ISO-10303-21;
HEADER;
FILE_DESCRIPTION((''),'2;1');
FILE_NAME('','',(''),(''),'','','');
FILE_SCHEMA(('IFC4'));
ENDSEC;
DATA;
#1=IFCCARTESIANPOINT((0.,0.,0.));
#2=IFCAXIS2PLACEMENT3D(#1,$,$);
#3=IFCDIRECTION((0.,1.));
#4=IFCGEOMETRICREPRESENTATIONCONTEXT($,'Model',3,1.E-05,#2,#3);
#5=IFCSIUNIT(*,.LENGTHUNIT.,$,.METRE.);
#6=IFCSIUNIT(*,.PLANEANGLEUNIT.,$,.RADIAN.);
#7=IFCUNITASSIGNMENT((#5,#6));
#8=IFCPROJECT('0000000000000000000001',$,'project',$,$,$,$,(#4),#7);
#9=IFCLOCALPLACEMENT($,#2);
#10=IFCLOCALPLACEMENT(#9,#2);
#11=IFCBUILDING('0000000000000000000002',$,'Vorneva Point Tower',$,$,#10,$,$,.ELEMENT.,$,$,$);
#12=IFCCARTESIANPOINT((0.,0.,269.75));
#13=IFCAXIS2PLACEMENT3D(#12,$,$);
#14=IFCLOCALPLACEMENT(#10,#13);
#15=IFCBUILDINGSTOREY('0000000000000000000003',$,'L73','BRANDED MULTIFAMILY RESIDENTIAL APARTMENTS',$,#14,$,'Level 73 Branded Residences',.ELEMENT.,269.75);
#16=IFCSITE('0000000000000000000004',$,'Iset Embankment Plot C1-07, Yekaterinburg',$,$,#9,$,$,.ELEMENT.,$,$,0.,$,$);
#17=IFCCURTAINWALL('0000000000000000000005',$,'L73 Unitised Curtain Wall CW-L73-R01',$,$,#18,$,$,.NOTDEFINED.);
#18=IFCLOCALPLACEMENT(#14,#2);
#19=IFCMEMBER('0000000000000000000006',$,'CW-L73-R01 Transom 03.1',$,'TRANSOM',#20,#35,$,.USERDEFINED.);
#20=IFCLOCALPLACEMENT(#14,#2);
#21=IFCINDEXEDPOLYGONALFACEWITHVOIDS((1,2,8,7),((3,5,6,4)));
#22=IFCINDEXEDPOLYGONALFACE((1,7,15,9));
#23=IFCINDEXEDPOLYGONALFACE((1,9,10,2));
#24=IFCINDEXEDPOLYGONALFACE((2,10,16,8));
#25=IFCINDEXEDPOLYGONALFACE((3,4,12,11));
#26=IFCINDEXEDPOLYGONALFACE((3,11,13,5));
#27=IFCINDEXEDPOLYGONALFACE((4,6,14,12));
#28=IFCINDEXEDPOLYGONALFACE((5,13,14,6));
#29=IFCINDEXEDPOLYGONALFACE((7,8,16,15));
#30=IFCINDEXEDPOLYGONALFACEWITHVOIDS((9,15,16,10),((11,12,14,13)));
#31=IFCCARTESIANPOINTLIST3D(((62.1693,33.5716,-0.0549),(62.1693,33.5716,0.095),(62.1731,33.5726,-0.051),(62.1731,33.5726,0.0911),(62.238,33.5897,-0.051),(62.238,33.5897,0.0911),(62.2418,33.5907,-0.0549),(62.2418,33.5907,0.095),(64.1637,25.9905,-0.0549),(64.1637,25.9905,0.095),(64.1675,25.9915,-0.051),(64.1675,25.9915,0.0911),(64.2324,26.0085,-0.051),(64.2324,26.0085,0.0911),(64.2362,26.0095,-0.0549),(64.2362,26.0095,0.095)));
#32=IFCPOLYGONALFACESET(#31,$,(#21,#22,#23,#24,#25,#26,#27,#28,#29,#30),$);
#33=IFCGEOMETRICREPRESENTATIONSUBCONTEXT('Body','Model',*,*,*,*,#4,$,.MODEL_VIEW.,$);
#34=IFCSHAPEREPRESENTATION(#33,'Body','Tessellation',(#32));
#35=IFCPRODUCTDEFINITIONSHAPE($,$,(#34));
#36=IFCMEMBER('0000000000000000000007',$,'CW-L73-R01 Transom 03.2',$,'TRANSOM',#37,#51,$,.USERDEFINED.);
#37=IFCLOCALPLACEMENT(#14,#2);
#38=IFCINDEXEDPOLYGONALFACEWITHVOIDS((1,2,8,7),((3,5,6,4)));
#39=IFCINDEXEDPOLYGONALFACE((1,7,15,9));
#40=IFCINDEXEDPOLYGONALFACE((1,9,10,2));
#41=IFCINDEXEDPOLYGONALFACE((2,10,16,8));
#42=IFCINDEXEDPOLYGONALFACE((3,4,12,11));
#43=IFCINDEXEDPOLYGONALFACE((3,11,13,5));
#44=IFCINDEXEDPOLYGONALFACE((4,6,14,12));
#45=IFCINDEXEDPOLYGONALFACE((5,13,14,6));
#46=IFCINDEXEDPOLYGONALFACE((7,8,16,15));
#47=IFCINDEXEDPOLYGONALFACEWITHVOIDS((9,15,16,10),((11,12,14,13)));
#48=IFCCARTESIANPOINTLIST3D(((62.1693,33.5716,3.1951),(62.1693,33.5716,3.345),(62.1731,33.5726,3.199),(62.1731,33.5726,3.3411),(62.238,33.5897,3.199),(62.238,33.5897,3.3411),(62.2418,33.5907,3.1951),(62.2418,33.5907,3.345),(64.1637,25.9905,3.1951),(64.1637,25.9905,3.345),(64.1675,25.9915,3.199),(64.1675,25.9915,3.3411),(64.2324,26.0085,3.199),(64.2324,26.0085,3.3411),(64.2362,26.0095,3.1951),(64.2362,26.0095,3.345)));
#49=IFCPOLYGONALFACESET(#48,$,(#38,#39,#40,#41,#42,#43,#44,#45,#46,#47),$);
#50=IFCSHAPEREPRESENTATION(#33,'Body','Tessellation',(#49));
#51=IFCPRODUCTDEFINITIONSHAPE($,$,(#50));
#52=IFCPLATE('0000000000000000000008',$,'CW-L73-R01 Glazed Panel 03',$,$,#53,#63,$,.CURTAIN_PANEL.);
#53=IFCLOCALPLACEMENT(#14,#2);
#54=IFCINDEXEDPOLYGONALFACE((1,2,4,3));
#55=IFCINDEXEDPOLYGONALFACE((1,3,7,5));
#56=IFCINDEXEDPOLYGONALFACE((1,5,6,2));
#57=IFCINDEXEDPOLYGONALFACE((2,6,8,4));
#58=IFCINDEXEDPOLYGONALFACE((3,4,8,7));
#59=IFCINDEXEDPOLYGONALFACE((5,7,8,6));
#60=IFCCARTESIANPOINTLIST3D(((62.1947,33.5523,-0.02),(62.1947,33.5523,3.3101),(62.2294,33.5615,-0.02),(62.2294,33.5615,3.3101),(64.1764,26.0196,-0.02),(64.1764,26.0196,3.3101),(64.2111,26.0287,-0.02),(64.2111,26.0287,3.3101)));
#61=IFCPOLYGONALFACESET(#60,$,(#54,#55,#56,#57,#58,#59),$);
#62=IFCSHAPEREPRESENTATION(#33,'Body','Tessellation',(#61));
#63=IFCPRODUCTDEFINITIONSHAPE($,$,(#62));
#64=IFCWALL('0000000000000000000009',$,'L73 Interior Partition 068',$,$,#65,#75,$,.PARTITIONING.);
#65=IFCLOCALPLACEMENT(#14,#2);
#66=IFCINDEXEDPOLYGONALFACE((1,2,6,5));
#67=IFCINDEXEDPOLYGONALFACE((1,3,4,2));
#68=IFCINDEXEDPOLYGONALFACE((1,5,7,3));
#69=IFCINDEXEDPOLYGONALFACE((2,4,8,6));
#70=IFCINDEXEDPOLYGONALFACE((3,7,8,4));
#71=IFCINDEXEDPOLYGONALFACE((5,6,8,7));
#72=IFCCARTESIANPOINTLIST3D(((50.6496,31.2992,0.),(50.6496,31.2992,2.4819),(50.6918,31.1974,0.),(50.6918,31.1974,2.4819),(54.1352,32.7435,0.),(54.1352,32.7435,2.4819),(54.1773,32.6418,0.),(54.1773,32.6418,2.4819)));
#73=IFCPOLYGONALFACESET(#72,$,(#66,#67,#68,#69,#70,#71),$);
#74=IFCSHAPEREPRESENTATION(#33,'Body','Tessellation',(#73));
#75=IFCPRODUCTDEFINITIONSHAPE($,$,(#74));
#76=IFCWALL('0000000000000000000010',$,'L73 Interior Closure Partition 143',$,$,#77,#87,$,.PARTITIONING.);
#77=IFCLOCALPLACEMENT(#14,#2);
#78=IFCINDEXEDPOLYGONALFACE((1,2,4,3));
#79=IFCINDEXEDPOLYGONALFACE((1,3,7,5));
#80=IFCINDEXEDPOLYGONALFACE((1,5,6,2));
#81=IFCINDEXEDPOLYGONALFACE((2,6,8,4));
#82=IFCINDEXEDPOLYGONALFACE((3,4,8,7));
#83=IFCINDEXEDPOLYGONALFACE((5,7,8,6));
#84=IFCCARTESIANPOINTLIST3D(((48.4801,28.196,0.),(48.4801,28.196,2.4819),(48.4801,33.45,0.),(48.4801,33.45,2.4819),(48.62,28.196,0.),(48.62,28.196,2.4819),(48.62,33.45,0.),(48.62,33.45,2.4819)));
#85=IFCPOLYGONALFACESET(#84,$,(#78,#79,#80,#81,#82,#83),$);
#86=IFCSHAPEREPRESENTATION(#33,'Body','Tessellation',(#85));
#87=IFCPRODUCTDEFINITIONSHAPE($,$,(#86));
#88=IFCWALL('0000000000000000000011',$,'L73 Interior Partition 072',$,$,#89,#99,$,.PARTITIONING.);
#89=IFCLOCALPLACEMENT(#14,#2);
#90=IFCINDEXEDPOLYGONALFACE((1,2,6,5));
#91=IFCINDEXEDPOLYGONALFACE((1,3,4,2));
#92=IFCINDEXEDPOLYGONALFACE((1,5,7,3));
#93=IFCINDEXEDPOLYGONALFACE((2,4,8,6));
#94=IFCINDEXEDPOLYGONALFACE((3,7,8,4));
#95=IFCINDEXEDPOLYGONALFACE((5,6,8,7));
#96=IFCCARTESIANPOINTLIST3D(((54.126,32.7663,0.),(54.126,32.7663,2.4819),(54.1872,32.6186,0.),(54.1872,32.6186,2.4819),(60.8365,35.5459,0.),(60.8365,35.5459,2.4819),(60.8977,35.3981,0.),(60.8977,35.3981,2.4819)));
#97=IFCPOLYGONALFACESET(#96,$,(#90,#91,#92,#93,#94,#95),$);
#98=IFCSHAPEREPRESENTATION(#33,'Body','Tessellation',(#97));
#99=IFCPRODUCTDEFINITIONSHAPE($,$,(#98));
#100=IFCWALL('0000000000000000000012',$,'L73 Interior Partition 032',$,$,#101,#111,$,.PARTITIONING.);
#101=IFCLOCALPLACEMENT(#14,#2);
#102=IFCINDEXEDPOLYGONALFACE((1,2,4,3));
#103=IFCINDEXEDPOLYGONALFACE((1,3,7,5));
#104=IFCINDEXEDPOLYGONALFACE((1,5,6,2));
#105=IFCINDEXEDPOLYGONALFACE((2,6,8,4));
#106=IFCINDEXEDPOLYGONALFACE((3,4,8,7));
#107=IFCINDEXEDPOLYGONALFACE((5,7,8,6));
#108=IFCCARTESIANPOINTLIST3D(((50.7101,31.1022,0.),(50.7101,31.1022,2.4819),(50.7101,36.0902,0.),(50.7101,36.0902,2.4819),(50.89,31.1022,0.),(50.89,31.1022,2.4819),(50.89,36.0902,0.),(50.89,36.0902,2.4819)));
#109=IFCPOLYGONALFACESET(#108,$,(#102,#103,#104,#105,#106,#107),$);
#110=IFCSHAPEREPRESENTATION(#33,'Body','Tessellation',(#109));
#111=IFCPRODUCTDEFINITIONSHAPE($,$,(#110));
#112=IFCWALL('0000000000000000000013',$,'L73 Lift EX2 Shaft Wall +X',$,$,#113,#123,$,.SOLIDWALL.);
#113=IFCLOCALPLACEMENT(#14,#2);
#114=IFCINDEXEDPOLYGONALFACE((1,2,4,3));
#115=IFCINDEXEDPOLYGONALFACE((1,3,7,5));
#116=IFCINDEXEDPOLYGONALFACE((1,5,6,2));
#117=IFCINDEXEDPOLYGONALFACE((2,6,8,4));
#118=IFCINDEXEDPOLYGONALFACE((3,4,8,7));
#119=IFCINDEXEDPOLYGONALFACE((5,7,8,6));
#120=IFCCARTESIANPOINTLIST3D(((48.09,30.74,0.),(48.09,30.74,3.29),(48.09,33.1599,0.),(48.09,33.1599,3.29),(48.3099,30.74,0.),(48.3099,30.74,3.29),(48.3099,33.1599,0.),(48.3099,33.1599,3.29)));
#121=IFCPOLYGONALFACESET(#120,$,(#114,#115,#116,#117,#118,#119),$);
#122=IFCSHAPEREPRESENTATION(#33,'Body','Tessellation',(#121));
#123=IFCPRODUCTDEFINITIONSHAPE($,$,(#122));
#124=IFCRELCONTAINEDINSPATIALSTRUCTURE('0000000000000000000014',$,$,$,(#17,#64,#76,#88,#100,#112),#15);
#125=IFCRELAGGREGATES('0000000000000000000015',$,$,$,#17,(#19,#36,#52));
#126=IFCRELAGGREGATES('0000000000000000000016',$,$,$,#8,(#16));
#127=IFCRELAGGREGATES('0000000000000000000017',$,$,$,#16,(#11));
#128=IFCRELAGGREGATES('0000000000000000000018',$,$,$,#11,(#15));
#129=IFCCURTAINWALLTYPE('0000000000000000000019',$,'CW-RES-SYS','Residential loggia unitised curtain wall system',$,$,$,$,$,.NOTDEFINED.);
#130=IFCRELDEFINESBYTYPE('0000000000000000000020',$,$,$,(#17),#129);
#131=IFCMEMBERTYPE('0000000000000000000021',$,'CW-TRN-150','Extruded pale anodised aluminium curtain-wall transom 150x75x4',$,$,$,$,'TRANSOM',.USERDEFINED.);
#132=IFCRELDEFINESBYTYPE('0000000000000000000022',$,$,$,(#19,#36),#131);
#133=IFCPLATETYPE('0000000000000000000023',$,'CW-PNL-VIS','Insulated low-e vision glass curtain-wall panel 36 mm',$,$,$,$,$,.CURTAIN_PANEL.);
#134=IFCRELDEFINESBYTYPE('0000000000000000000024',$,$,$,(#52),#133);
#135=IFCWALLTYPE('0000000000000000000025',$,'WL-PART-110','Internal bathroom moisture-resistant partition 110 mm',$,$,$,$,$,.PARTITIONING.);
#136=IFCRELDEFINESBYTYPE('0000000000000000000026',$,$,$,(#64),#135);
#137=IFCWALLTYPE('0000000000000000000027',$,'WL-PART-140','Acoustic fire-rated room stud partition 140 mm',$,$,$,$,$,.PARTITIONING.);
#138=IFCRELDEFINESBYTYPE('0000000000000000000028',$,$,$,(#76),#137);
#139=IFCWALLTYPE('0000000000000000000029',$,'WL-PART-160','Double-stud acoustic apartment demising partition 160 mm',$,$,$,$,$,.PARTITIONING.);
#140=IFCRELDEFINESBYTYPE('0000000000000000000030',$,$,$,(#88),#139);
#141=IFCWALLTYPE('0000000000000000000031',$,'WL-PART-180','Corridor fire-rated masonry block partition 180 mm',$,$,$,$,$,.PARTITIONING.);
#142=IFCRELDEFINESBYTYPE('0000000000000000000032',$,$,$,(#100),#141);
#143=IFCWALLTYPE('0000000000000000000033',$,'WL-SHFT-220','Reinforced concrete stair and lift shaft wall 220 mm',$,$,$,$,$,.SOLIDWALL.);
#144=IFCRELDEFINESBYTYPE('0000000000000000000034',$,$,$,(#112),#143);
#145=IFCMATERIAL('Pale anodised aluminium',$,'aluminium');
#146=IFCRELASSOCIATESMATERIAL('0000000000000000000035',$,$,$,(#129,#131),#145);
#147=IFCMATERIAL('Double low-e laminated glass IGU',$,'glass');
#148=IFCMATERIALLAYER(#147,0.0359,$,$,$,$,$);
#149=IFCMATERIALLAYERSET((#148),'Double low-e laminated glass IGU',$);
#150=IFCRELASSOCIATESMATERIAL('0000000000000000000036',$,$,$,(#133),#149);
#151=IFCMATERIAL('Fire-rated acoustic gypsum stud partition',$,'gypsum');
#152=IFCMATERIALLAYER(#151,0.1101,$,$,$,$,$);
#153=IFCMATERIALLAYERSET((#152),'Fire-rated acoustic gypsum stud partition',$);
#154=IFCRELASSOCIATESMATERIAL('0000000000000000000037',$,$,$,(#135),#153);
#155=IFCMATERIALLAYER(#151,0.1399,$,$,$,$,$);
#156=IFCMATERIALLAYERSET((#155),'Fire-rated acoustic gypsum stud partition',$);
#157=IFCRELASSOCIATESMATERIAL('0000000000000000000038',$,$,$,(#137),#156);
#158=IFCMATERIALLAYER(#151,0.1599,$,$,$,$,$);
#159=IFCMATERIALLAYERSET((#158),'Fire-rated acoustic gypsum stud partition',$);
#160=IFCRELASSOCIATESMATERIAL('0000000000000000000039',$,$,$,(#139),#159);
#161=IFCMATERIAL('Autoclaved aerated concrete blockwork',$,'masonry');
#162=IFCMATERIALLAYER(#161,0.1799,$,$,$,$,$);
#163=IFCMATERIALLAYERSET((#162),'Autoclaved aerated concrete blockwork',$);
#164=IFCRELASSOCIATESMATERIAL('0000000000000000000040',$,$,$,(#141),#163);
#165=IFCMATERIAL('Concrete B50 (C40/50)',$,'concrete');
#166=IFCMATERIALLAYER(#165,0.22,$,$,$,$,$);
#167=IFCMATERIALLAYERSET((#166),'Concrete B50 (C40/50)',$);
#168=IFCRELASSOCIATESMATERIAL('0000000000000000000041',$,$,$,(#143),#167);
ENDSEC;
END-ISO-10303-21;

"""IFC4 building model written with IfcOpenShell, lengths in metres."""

from ifc_helpers import new_model, si_unit, direction, frame, frame_2d, origin, origin_2d, place, context, subcontext, project, spatial, rectangle, hollow_rectangle, extrude, material, layer, layer_set, material_profile, profile_set, type_object, element, aggregate, save


model = new_model("IFC4")

# Units and contexts
model_context = context("Model", 3, precision=1e-05, world=origin(), true_north=direction((0.0, 1.0)))
body_context = subcontext(model_context, "Body", "Model", "MODEL_VIEW")
ifc_project = project(units=[si_unit("LENGTHUNIT", "METRE"), si_unit("PLANEANGLEUNIT", "RADIAN")], contexts=[model_context])

# Site, building, storey
site_placement = place(None, origin())
site = spatial("IfcSite", under=ifc_project, at=site_placement, Name="Iset Embankment Plot C1-07, Yekaterinburg", CompositionType="ELEMENT", RefElevation=0.0)
building_placement = place(site_placement, origin())
building = spatial("IfcBuilding", under=site, at=building_placement, Name="Vorneva Point Tower", CompositionType="ELEMENT")
storey_placement = place(building_placement, frame((0.0, 0.0, 269.75)))
storey = spatial("IfcBuildingStorey", under=building, at=storey_placement, Name="L73", Description="BRANDED MULTIFAMILY RESIDENTIAL APARTMENTS", LongName="Level 73 Branded Residences", CompositionType="ELEMENT", Elevation=269.75)

# Shared definitions
ifc_material_1 = material(Name="Concrete B50 (C40/50)", Category="concrete")

# Curtain wall, members, plate
ifc_material_2 = material(Name="Pale anodised aluminium", Category="aluminium")
curtain_wall_type = type_object("IfcCurtainWallType", Name="CW-RES-SYS", Description="Residential loggia unitised curtain wall system", PredefinedType="NOTDEFINED", material=ifc_material_2)
curtain_wall_placement = place(storey_placement, origin())
curtain_wall = element("IfcCurtainWall", 1, at=curtain_wall_placement, inside=storey, type_object=curtain_wall_type, Name="L73 Unitised Curtain Wall CW-L73-R01", PredefinedType="NOTDEFINED")
ifc_material_profile_1 = material_profile(ifc_material_2, hollow_rectangle(XDim=0.075, YDim=0.1499, WallThickness=0.0039, at=origin_2d()), Name="AL-TRN 150x75x4")
ifc_profile_set_1 = profile_set([ifc_material_profile_1], Name="Pale anodised aluminium")
member_type_1 = type_object("IfcMemberType", Name="CW-TRN-150", Description="Extruded pale anodised aluminium curtain-wall transom 150x75x4", ElementType="TRANSOM", PredefinedType="USERDEFINED", material=ifc_profile_set_1)
member_1_placement = place(storey_placement, frame((64.2, 26.0, 0.02), z_axis=(-0.254418, 0.967094, 0.0), x_axis=(-0.967094, -0.254418, 0.0)))
member_1 = element("IfcMember", 2, at=member_1_placement, type_object=member_type_1, Name="CW-L73-R01 Transom 03.1", ObjectType="TRANSOM", PredefinedType="USERDEFINED", context=body_context, shape_type="SweptSolid", body=[
    extrude(hollow_rectangle(XDim=0.075, YDim=0.1499, WallThickness=0.0039, at=origin_2d()), origin(), (0.0, 0.0, 1.0), 7.8391),
])
member_2_placement = place(storey_placement, frame((64.2, 26.0, 3.27), z_axis=(-0.254418, 0.967094, 0.0), x_axis=(-0.967094, -0.254418, 0.0)))
member_2 = element("IfcMember", 3, at=member_2_placement, type_object=member_type_1, Name="CW-L73-R01 Transom 03.2", ObjectType="TRANSOM", PredefinedType="USERDEFINED", context=body_context, shape_type="SweptSolid", body=[
    extrude(hollow_rectangle(XDim=0.075, YDim=0.1499, WallThickness=0.0039, at=origin_2d()), origin(), (0.0, 0.0, 1.0), 7.8391),
])
ifc_material_3 = material(Name="Double low-e laminated glass IGU", Category="glass")
ifc_layer_1 = layer(ifc_material_3, 0.0359)
ifc_layer_set_1 = layer_set([ifc_layer_1], Name="Double low-e laminated glass IGU")
plate_type = type_object("IfcPlateType", Name="CW-PNL-VIS", Description="Insulated low-e vision glass curtain-wall panel 36 mm", PredefinedType="CURTAIN_PANEL", material=ifc_layer_set_1)
plate_placement = place(storey_placement, frame((63.2029, 29.7905, -0.02), z_axis=(0.0, 0.0, 1.0), x_axis=(-0.254416, 0.967095, 0.0)))
plate = element("IfcPlate", 4, at=plate_placement, type_object=plate_type, Name="CW-L73-R01 Glazed Panel 03", PredefinedType="CURTAIN_PANEL", context=body_context, shape_type="SweptSolid", body=[
    extrude(rectangle(XDim=7.7891, YDim=0.0359, at=origin_2d()), origin(), (0.0, 0.0, 1.0), 3.3301),
])
aggregate(curtain_wall, [member_1, member_2, plate])

# Walls
ifc_material_4 = material(Name="Fire-rated acoustic gypsum stud partition", Category="gypsum")
ifc_layer_2 = layer(ifc_material_4, 0.1101)
ifc_layer_set_2 = layer_set([ifc_layer_2], Name="Fire-rated acoustic gypsum stud partition")
wall_type_1 = type_object("IfcWallType", Name="WL-PART-110", Description="Internal bathroom moisture-resistant partition 110 mm", PredefinedType="PARTITIONING", material=ifc_layer_set_2)
wall_1_placement = place(storey_placement, frame((54.1562, 32.6926, 0.0), z_axis=(0.0, 0.0, 1.0), x_axis=(-0.923828, -0.382809, 0.0)))
element("IfcWall", 5, at=wall_1_placement, inside=storey, type_object=wall_type_1, Name="L73 Interior Partition 068", PredefinedType="PARTITIONING", context=body_context, shape_type="SweptSolid", body=[
    extrude(rectangle(XDim=3.7729, YDim=0.1101, at=frame_2d((1.8865, 0.0))), origin(), (0.0, 0.0, 1.0), 2.4819),
])
ifc_layer_3 = layer(ifc_material_4, 0.1399)
ifc_layer_set_3 = layer_set([ifc_layer_3], Name="Fire-rated acoustic gypsum stud partition")
wall_type_2 = type_object("IfcWallType", Name="WL-PART-140", Description="Acoustic fire-rated room stud partition 140 mm", PredefinedType="PARTITIONING", material=ifc_layer_set_3)
wall_2_placement = place(storey_placement, frame((48.55, 28.196, 0.0), z_axis=(0.0, 0.0, 1.0), x_axis=(0.0, 1.0, 0.0)))
element("IfcWall", 6, at=wall_2_placement, inside=storey, type_object=wall_type_2, Name="L73 Interior Closure Partition 143", PredefinedType="PARTITIONING", context=body_context, shape_type="SweptSolid", body=[
    extrude(rectangle(XDim=5.2539, YDim=0.1399, at=frame_2d((2.627, 0.0))), origin(), (0.0, 0.0, 1.0), 2.4819),
])
ifc_layer_4 = layer(ifc_material_4, 0.1599)
ifc_layer_set_4 = layer_set([ifc_layer_4], Name="Fire-rated acoustic gypsum stud partition")
wall_type_3 = type_object("IfcWallType", Name="WL-PART-160", Description="Double-stud acoustic apartment demising partition 160 mm", PredefinedType="PARTITIONING", material=ifc_layer_set_4)
wall_3_placement = place(storey_placement, frame((54.1565, 32.6924, 0.0), z_axis=(0.0, 0.0, 1.0), x_axis=(0.92388, 0.382681, 0.0)))
element("IfcWall", 7, at=wall_3_placement, inside=storey, type_object=wall_type_3, Name="L73 Interior Partition 072", PredefinedType="PARTITIONING", context=body_context, shape_type="SweptSolid", body=[
    extrude(rectangle(XDim=7.2634, YDim=0.1599, at=frame_2d((3.6318, 0.0))), origin(), (0.0, 0.0, 1.0), 2.4819),
])
ifc_material_5 = material(Name="Autoclaved aerated concrete blockwork", Category="masonry")
ifc_layer_5 = layer(ifc_material_5, 0.1799)
ifc_layer_set_5 = layer_set([ifc_layer_5], Name="Autoclaved aerated concrete blockwork")
wall_type_4 = type_object("IfcWallType", Name="WL-PART-180", Description="Corridor fire-rated masonry block partition 180 mm", PredefinedType="PARTITIONING", material=ifc_layer_set_5)
wall_4_placement = place(storey_placement, frame((50.8, 31.1021, 0.0), z_axis=(0.0, 0.0, 1.0), x_axis=(0.0, 1.0, 0.0)))
element("IfcWall", 8, at=wall_4_placement, inside=storey, type_object=wall_type_4, Name="L73 Interior Partition 032", PredefinedType="PARTITIONING", context=body_context, shape_type="SweptSolid", body=[
    extrude(rectangle(XDim=4.988, YDim=0.1799, at=frame_2d((2.4941, 0.0))), origin(), (0.0, 0.0, 1.0), 2.4819),
])
ifc_layer_6 = layer(ifc_material_1, 0.22)
ifc_layer_set_6 = layer_set([ifc_layer_6], Name="Concrete B50 (C40/50)")
wall_type_5 = type_object("IfcWallType", Name="WL-SHFT-220", Description="Reinforced concrete stair and lift shaft wall 220 mm", PredefinedType="SOLIDWALL", material=ifc_layer_set_6)
wall_5_placement = place(storey_placement, frame((48.2, 30.74, 0.0), z_axis=(0.0, 0.0, 1.0), x_axis=(0.0, 1.0, 0.0)))
element("IfcWall", 9, at=wall_5_placement, inside=storey, type_object=wall_type_5, Name="L73 Lift EX2 Shaft Wall +X", PredefinedType="SOLIDWALL", context=body_context, shape_type="SweptSolid", body=[
    extrude(rectangle(XDim=2.4199, YDim=0.22, at=frame_2d((1.21, 0.0))), origin(), (0.0, 0.0, 1.0), 3.29),
])

save(model, "model.ifc")
